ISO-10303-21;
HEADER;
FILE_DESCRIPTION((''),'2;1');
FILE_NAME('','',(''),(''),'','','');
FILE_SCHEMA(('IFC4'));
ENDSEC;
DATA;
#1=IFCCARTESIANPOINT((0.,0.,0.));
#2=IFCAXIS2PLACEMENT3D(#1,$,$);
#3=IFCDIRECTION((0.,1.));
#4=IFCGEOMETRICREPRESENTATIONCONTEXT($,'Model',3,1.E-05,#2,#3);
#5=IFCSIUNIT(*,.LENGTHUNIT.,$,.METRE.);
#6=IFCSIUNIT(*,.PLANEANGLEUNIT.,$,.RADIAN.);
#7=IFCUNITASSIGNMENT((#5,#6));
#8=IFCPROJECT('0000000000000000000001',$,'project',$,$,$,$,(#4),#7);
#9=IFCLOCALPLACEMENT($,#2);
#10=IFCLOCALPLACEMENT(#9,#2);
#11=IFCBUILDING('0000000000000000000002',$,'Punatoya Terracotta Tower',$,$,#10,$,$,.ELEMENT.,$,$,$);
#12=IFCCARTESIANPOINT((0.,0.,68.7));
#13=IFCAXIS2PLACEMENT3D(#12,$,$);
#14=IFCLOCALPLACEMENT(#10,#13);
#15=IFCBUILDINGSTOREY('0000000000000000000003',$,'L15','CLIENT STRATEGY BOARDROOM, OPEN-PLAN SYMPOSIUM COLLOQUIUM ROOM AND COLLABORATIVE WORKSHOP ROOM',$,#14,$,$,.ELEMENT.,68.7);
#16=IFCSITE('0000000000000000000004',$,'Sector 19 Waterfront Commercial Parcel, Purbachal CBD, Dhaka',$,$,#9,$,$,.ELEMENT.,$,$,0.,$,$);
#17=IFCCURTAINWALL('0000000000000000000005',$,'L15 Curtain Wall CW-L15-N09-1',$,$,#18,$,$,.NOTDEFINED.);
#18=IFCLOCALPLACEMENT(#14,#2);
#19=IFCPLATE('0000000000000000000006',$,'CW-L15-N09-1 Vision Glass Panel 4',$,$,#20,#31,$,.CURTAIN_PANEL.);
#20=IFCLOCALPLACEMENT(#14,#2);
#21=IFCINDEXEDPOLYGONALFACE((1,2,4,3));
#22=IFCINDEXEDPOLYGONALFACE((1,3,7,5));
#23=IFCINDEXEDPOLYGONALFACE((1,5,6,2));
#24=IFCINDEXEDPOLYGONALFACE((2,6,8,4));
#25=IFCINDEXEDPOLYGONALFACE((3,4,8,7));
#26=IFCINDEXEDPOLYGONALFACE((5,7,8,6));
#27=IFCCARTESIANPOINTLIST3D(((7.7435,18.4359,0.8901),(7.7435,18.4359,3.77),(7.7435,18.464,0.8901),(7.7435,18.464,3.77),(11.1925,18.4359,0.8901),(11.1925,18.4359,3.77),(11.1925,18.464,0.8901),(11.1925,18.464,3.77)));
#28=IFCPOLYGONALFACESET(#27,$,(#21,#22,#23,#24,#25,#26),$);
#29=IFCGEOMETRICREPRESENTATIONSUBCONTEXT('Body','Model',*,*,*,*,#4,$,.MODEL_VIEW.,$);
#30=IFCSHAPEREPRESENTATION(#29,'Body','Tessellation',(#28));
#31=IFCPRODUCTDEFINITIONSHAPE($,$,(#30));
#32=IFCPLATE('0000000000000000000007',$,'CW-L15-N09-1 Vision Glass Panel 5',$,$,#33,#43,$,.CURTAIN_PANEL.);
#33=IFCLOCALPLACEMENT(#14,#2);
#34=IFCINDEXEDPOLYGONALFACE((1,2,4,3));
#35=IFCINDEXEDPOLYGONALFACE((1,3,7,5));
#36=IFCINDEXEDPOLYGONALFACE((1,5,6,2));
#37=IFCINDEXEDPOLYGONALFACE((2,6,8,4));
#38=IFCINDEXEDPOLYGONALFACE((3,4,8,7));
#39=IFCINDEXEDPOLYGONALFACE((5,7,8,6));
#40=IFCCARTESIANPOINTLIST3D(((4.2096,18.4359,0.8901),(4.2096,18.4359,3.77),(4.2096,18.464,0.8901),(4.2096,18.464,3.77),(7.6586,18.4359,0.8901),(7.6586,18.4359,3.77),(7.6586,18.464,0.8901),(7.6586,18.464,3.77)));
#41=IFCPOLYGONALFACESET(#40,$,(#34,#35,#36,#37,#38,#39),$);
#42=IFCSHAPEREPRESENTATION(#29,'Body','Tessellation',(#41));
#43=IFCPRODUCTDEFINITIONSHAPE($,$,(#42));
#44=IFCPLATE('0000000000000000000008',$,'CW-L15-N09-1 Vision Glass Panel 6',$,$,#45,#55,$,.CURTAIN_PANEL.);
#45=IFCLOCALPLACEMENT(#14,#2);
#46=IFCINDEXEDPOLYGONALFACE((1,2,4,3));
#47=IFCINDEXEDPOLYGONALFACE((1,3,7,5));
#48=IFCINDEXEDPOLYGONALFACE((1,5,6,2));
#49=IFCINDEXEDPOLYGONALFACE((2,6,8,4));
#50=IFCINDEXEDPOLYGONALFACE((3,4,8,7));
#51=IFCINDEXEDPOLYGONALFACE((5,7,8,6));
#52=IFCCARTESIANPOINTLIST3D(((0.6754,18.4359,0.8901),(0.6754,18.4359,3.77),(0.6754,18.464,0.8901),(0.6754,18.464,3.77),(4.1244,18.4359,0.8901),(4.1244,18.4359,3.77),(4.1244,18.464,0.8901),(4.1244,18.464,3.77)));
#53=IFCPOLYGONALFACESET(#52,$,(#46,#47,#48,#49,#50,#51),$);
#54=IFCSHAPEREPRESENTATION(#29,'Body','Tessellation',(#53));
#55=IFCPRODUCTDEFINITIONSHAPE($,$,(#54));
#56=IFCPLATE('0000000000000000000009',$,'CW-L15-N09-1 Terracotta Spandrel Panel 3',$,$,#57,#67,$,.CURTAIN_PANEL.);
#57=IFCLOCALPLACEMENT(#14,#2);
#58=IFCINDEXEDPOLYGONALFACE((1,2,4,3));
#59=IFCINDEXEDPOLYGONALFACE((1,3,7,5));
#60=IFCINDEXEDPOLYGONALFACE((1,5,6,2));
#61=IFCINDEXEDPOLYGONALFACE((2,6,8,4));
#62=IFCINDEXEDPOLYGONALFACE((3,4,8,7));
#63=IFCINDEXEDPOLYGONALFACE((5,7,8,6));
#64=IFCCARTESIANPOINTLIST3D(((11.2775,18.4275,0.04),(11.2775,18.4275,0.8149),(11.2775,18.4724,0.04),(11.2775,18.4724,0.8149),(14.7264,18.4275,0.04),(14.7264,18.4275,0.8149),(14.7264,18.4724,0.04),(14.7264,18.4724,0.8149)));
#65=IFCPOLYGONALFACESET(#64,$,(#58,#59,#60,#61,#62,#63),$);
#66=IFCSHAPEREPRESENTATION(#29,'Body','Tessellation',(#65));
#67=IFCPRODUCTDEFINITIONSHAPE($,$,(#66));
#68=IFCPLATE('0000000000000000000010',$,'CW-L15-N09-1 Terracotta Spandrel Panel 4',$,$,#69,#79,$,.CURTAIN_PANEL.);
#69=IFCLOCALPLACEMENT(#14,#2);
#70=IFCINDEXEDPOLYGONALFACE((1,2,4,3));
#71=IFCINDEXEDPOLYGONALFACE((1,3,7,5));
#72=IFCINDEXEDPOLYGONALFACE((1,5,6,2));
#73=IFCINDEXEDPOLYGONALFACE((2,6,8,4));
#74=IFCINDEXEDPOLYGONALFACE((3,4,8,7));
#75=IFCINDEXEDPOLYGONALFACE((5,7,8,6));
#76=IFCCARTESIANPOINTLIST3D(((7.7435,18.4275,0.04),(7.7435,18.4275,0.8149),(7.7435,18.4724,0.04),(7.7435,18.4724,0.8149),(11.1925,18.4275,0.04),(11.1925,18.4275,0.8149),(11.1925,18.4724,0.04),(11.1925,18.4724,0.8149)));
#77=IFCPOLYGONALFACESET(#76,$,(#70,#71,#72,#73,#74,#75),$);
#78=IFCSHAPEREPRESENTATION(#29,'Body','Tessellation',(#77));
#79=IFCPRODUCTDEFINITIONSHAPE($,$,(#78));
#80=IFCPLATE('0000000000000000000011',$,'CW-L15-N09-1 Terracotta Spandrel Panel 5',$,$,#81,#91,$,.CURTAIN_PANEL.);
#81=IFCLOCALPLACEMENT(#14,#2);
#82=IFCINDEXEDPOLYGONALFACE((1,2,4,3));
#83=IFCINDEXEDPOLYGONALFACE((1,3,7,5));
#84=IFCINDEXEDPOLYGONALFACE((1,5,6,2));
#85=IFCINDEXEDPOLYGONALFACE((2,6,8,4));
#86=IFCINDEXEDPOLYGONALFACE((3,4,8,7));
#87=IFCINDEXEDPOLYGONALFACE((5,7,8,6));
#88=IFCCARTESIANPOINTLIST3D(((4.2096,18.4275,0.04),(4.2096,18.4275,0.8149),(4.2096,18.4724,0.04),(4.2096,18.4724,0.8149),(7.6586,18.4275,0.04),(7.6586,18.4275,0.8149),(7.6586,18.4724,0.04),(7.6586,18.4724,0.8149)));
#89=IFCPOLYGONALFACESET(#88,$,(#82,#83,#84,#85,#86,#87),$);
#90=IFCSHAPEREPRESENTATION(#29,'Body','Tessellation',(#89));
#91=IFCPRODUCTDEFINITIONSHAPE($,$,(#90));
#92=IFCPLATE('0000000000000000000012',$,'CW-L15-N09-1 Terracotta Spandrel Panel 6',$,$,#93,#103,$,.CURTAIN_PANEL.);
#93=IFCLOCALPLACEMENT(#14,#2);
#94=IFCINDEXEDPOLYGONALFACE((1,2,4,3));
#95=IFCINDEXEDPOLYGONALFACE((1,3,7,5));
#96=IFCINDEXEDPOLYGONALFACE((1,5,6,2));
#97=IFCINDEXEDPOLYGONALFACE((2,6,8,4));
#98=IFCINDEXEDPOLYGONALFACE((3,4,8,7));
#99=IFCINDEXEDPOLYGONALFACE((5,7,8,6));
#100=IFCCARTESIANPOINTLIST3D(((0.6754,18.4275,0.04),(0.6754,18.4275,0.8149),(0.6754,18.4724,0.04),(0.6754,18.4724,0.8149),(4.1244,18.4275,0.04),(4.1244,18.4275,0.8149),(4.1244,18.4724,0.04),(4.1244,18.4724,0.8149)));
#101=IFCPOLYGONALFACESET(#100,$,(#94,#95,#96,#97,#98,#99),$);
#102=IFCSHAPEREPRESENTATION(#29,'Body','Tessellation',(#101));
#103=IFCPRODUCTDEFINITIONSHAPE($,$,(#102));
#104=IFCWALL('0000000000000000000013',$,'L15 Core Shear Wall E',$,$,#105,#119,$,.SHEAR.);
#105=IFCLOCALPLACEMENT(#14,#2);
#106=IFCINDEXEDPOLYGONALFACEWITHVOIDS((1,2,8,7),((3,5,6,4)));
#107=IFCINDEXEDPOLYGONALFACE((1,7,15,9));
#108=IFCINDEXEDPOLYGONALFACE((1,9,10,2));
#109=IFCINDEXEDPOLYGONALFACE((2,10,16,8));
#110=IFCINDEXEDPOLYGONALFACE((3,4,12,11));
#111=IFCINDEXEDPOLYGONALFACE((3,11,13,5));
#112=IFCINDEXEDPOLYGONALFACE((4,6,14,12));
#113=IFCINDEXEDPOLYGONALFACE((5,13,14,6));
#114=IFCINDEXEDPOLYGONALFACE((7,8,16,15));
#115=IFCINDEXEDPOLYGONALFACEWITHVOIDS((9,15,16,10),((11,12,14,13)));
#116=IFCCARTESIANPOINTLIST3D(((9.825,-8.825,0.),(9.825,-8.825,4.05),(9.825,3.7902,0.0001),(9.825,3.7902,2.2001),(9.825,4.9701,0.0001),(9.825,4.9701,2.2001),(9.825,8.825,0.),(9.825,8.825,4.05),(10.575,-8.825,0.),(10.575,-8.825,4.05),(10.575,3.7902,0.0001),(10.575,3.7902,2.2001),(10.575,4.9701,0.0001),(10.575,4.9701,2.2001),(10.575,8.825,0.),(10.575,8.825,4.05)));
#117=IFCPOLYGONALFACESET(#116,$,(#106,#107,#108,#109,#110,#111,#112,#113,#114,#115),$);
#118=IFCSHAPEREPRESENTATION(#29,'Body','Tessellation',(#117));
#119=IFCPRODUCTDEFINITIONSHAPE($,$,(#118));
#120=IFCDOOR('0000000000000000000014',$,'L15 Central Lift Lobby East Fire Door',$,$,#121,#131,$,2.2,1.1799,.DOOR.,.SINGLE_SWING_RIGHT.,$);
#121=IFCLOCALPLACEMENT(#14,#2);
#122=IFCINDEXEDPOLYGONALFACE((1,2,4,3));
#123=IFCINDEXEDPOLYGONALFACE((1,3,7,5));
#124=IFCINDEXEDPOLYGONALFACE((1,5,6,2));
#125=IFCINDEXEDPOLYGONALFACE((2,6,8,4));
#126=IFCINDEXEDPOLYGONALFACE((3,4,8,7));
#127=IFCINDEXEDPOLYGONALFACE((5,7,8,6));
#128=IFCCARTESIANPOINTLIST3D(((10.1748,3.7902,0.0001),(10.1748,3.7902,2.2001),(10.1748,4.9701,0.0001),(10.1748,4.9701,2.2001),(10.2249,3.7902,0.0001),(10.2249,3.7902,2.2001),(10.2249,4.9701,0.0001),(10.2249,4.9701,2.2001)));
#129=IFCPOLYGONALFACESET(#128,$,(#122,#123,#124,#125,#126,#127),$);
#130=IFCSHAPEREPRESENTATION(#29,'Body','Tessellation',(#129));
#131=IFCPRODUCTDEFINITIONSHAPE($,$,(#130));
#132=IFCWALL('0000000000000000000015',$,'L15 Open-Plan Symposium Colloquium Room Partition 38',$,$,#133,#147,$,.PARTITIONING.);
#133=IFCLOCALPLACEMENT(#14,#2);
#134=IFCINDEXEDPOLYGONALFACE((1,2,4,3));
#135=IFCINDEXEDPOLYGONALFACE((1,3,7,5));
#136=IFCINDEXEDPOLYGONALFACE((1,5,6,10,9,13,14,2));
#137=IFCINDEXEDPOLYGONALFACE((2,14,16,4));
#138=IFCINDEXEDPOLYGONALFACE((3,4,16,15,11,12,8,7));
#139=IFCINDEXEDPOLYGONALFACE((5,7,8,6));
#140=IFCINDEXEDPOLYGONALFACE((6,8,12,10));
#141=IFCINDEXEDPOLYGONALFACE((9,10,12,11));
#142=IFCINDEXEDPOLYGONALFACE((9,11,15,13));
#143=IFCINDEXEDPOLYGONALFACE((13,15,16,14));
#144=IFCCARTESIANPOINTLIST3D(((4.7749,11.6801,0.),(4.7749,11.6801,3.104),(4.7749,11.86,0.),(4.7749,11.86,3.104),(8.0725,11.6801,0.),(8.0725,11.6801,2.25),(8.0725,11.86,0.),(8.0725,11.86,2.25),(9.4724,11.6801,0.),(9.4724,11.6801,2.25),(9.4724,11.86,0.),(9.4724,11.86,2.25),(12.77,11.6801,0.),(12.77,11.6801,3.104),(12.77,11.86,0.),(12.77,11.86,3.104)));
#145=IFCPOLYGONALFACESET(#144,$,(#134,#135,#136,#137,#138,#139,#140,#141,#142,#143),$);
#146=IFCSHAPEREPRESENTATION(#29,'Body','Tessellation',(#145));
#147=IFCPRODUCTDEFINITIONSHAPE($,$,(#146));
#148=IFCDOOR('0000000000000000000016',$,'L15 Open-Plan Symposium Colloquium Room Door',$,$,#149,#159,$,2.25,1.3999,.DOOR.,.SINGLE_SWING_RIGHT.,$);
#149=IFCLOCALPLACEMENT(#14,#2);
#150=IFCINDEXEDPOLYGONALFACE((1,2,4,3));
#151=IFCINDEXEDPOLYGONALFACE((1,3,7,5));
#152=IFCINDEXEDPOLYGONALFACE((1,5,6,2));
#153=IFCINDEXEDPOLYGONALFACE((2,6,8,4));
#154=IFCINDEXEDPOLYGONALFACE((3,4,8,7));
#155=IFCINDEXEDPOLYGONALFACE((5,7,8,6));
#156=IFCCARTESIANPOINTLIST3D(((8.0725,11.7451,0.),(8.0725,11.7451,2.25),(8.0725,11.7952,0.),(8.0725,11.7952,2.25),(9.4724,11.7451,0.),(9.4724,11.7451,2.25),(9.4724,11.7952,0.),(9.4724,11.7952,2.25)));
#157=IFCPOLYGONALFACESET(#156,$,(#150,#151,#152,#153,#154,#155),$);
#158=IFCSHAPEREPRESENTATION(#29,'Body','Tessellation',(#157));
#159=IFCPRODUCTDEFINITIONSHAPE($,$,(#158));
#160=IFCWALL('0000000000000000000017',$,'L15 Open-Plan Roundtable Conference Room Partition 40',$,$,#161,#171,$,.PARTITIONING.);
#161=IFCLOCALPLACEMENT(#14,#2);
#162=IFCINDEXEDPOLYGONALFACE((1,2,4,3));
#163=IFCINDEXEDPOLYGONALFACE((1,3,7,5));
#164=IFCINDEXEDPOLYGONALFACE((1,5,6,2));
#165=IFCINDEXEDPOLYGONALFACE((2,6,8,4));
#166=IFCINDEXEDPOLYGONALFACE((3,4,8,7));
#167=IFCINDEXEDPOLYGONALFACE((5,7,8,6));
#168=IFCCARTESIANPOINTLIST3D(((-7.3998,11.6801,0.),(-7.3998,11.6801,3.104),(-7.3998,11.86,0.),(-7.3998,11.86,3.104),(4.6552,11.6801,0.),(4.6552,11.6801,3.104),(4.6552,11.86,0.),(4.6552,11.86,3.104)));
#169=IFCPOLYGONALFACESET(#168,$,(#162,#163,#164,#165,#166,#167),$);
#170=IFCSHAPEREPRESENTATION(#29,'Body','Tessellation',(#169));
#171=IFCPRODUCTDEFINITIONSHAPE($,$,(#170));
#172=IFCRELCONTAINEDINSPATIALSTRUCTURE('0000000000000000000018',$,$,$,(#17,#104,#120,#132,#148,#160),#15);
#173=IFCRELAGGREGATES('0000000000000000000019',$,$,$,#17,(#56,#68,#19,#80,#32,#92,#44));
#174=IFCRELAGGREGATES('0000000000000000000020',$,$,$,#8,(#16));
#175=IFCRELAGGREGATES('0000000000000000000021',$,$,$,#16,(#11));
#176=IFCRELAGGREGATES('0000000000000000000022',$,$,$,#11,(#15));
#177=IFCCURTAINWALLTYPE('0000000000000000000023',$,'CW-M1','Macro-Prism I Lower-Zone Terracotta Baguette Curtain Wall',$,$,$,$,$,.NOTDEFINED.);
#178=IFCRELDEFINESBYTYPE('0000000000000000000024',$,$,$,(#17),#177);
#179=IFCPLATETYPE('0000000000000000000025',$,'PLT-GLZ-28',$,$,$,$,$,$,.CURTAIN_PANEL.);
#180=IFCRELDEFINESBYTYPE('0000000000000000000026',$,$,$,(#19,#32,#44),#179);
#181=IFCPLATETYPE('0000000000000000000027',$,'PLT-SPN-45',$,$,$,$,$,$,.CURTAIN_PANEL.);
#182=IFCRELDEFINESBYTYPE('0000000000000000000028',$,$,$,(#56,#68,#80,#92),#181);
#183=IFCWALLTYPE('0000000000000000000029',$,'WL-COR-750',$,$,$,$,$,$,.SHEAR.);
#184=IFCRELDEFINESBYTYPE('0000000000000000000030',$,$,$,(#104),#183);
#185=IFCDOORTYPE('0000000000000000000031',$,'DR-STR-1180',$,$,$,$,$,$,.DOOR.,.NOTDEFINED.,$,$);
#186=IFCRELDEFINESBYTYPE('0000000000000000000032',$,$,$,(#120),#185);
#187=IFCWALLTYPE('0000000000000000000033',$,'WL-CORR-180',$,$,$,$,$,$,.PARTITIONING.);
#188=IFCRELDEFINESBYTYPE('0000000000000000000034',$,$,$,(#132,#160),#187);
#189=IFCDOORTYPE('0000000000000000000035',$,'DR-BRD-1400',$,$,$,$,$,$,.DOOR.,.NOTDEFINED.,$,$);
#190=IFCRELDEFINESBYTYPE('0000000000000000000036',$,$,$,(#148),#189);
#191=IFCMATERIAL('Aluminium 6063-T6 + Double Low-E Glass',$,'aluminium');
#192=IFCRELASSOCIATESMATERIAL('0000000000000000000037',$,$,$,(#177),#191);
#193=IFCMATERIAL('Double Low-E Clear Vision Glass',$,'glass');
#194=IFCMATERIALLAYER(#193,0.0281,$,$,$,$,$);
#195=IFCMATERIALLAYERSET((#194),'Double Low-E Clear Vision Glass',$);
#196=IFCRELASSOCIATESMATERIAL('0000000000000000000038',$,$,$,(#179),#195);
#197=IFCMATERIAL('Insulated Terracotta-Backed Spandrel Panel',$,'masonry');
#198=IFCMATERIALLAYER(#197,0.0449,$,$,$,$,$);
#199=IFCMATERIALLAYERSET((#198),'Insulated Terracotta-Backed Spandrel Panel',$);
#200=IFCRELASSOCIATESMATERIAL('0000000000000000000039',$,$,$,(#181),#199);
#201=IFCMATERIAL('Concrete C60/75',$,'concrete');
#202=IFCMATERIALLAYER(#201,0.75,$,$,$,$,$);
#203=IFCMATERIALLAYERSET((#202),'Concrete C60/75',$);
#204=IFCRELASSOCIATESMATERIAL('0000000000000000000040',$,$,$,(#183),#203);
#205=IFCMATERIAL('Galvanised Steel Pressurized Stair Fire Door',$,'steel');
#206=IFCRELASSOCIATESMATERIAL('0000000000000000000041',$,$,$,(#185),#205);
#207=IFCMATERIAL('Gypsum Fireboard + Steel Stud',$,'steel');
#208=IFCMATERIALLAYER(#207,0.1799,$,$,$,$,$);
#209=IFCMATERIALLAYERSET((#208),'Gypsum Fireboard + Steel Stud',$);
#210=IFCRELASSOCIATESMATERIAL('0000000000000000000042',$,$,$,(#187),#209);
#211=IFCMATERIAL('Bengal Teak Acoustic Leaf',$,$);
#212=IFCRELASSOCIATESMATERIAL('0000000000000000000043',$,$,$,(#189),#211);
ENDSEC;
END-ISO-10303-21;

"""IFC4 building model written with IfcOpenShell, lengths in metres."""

from ifc_helpers import new_model, si_unit, direction, frame, frame_2d, origin, origin_2d, place, context, subcontext, project, spatial, rectangle, extrude, material, layer, layer_set, type_object, element, fill, aggregate, save


model = new_model("IFC4")

# Units and contexts
model_context = context("Model", 3, precision=1e-05, world=origin(), true_north=direction((0.0, 1.0)))
body_context = subcontext(model_context, "Body", "Model", "MODEL_VIEW")
ifc_project = project(units=[si_unit("LENGTHUNIT", "METRE"), si_unit("PLANEANGLEUNIT", "RADIAN")], contexts=[model_context])

# Site, building, storey
site_placement = place(None, origin())
site = spatial("IfcSite", under=ifc_project, at=site_placement, Name="Sector 19 Waterfront Commercial Parcel, Purbachal CBD, Dhaka", CompositionType="ELEMENT", RefElevation=0.0)
building_placement = place(site_placement, origin())
building = spatial("IfcBuilding", under=site, at=building_placement, Name="Punatoya Terracotta Tower", CompositionType="ELEMENT")
storey_placement = place(building_placement, frame((0.0, 0.0, 68.7)))
storey = spatial("IfcBuildingStorey", under=building, at=storey_placement, Name="L15", Description="CLIENT STRATEGY BOARDROOM, OPEN-PLAN SYMPOSIUM COLLOQUIUM ROOM AND COLLABORATIVE WORKSHOP ROOM", CompositionType="ELEMENT", Elevation=68.7)

# Curtain wall, plates
ifc_material_1 = material(Name="Aluminium 6063-T6 + Double Low-E Glass", Category="aluminium")
curtain_wall_type = type_object("IfcCurtainWallType", Name="CW-M1", Description="Macro-Prism I Lower-Zone Terracotta Baguette Curtain Wall", PredefinedType="NOTDEFINED", material=ifc_material_1)
curtain_wall_placement = place(storey_placement, origin())
curtain_wall = element("IfcCurtainWall", 1, at=curtain_wall_placement, inside=storey, type_object=curtain_wall_type, Name="L15 Curtain Wall CW-L15-N09-1", PredefinedType="NOTDEFINED")
ifc_material_2 = material(Name="Double Low-E Clear Vision Glass", Category="glass")
ifc_layer_1 = layer(ifc_material_2, 0.0281)
ifc_layer_set_1 = layer_set([ifc_layer_1], Name="Double Low-E Clear Vision Glass")
plate_type_1 = type_object("IfcPlateType", Name="PLT-GLZ-28", PredefinedType="CURTAIN_PANEL", material=ifc_layer_set_1)
plate_1_placement = place(storey_placement, frame((9.468, 18.45, 0.8901), z_axis=(0.0, 0.0, 1.0), x_axis=(-1.0, 0.0, 0.0)))
plate_1 = element("IfcPlate", 2, at=plate_1_placement, type_object=plate_type_1, Name="CW-L15-N09-1 Vision Glass Panel 4", PredefinedType="CURTAIN_PANEL", context=body_context, shape_type="SweptSolid", body=[
    extrude(rectangle(XDim=3.449, YDim=0.0281, at=origin_2d()), origin(), (0.0, 0.0, 1.0), 2.8799),
])
plate_2_placement = place(storey_placement, frame((5.9341, 18.45, 0.8901), z_axis=(0.0, 0.0, 1.0), x_axis=(-1.0, 0.0, 0.0)))
plate_2 = element("IfcPlate", 3, at=plate_2_placement, type_object=plate_type_1, Name="CW-L15-N09-1 Vision Glass Panel 5", PredefinedType="CURTAIN_PANEL", context=body_context, shape_type="SweptSolid", body=[
    extrude(rectangle(XDim=3.449, YDim=0.0281, at=origin_2d()), origin(), (0.0, 0.0, 1.0), 2.8799),
])
plate_3_placement = place(storey_placement, frame((2.3999, 18.45, 0.8901), z_axis=(0.0, 0.0, 1.0), x_axis=(-1.0, 0.0, 0.0)))
plate_3 = element("IfcPlate", 4, at=plate_3_placement, type_object=plate_type_1, Name="CW-L15-N09-1 Vision Glass Panel 6", PredefinedType="CURTAIN_PANEL", context=body_context, shape_type="SweptSolid", body=[
    extrude(rectangle(XDim=3.449, YDim=0.0281, at=origin_2d()), origin(), (0.0, 0.0, 1.0), 2.8799),
])
ifc_material_3 = material(Name="Insulated Terracotta-Backed Spandrel Panel", Category="masonry")
ifc_layer_2 = layer(ifc_material_3, 0.0449)
ifc_layer_set_2 = layer_set([ifc_layer_2], Name="Insulated Terracotta-Backed Spandrel Panel")
plate_type_2 = type_object("IfcPlateType", Name="PLT-SPN-45", PredefinedType="CURTAIN_PANEL", material=ifc_layer_set_2)
plate_4_placement = place(storey_placement, frame((13.002, 18.45, 0.04), z_axis=(0.0, 0.0, 1.0), x_axis=(-1.0, 0.0, 0.0)))
plate_4 = element("IfcPlate", 5, at=plate_4_placement, type_object=plate_type_2, Name="CW-L15-N09-1 Terracotta Spandrel Panel 3", PredefinedType="CURTAIN_PANEL", context=body_context, shape_type="SweptSolid", body=[
    extrude(rectangle(XDim=3.449, YDim=0.0449, at=origin_2d()), origin(), (0.0, 0.0, 1.0), 0.7749),
])
plate_5_placement = place(storey_placement, frame((9.468, 18.45, 0.04), z_axis=(0.0, 0.0, 1.0), x_axis=(-1.0, 0.0, 0.0)))
plate_5 = element("IfcPlate", 6, at=plate_5_placement, type_object=plate_type_2, Name="CW-L15-N09-1 Terracotta Spandrel Panel 4", PredefinedType="CURTAIN_PANEL", context=body_context, shape_type="SweptSolid", body=[
    extrude(rectangle(XDim=3.449, YDim=0.0449, at=origin_2d()), origin(), (0.0, 0.0, 1.0), 0.7749),
])
plate_6_placement = place(storey_placement, frame((5.9341, 18.45, 0.04), z_axis=(0.0, 0.0, 1.0), x_axis=(-1.0, 0.0, 0.0)))
plate_6 = element("IfcPlate", 7, at=plate_6_placement, type_object=plate_type_2, Name="CW-L15-N09-1 Terracotta Spandrel Panel 5", PredefinedType="CURTAIN_PANEL", context=body_context, shape_type="SweptSolid", body=[
    extrude(rectangle(XDim=3.449, YDim=0.0449, at=origin_2d()), origin(), (0.0, 0.0, 1.0), 0.7749),
])
plate_7_placement = place(storey_placement, frame((2.3999, 18.45, 0.04), z_axis=(0.0, 0.0, 1.0), x_axis=(-1.0, 0.0, 0.0)))
plate_7 = element("IfcPlate", 8, at=plate_7_placement, type_object=plate_type_2, Name="CW-L15-N09-1 Terracotta Spandrel Panel 6", PredefinedType="CURTAIN_PANEL", context=body_context, shape_type="SweptSolid", body=[
    extrude(rectangle(XDim=3.449, YDim=0.0449, at=origin_2d()), origin(), (0.0, 0.0, 1.0), 0.7749),
])
aggregate(curtain_wall, [plate_4, plate_5, plate_1, plate_6, plate_2, plate_7, plate_3])

# Walls, openings, doors
ifc_material_4 = material(Name="Concrete C60/75", Category="concrete")
ifc_layer_3 = layer(ifc_material_4, 0.75)
ifc_layer_set_3 = layer_set([ifc_layer_3], Name="Concrete C60/75")
wall_type_1 = type_object("IfcWallType", Name="WL-COR-750", PredefinedType="SHEAR", material=ifc_layer_set_3)
wall_1_placement = place(storey_placement, frame((10.2, 8.825, 0.0), z_axis=(0.0, 0.0, 1.0), x_axis=(0.0, -1.0, 0.0)))
wall_1 = element("IfcWall", 9, at=wall_1_placement, inside=storey, type_object=wall_type_1, Name="L15 Core Shear Wall E", PredefinedType="SHEAR", context=body_context, shape_type="SweptSolid", body=[
    extrude(rectangle(XDim=17.6499, YDim=0.75, at=frame_2d((8.825, 0.0))), origin(), (0.0, 0.0, 1.0), 4.05),
])
opening_1_placement = place(wall_1_placement, frame((3.855, 0.0, 0.0)))
opening_1 = element("IfcOpeningElement", 10, at=opening_1_placement, cuts=wall_1, PredefinedType="OPENING", context=body_context, shape_type="SweptSolid", body=[
    extrude(rectangle(XDim=1.1799, YDim=2.2, at=frame_2d((0.5898, 1.1001))), frame((0.0, 0.385, 0.0), z_axis=(0.0, -1.0, 0.0), x_axis=(1.0, 0.0, 0.0)), (0.0, 0.0, 1.0), 0.77),
])
ifc_material_5 = material(Name="Galvanised Steel Pressurized Stair Fire Door", Category="steel")
door_type_1 = type_object("IfcDoorType", Name="DR-STR-1180", OperationType="NOTDEFINED", PredefinedType="DOOR", material=ifc_material_5)
door_1_placement = place(opening_1_placement, origin())
door_1 = element("IfcDoor", 11, at=door_1_placement, inside=storey, type_object=door_type_1, Name="L15 Central Lift Lobby East Fire Door", OperationType="SINGLE_SWING_RIGHT", OverallHeight=2.2, OverallWidth=1.1799, PredefinedType="DOOR", context=body_context, shape_type="SweptSolid", body=[
    extrude(rectangle(XDim=1.1799, YDim=2.2, at=frame_2d((0.5898, 1.1001))), frame((0.0, 0.0249, 0.0), z_axis=(0.0, -1.0, 0.0), x_axis=(1.0, 0.0, 0.0)), (0.0, 0.0, 1.0), 0.05),
])
fill(opening_1, door_1)
ifc_material_6 = material(Name="Gypsum Fireboard + Steel Stud", Category="steel")
ifc_layer_4 = layer(ifc_material_6, 0.1799)
ifc_layer_set_4 = layer_set([ifc_layer_4], Name="Gypsum Fireboard + Steel Stud")
wall_type_2 = type_object("IfcWallType", Name="WL-CORR-180", PredefinedType="PARTITIONING", material=ifc_layer_set_4)
wall_2_placement = place(storey_placement, frame((12.77, 11.77, 0.0), z_axis=(0.0, 0.0, 1.0), x_axis=(-1.0, 0.0, 0.0)))
wall_2 = element("IfcWall", 12, at=wall_2_placement, inside=storey, type_object=wall_type_2, Name="L15 Open-Plan Symposium Colloquium Room Partition 38", PredefinedType="PARTITIONING", context=body_context, shape_type="SweptSolid", body=[
    extrude(rectangle(XDim=7.9951, YDim=0.1799, at=frame_2d((3.9976, 0.0))), origin(), (0.0, 0.0, 1.0), 3.104),
])
opening_2_placement = place(wall_2_placement, frame((3.2976, 0.0, 0.0)))
opening_2 = element("IfcOpeningElement", 13, at=opening_2_placement, cuts=wall_2, PredefinedType="OPENING", context=body_context, shape_type="SweptSolid", body=[
    extrude(rectangle(XDim=1.3999, YDim=2.25, at=frame_2d((0.7, 1.125))), frame((0.0, 0.0999, 0.0), z_axis=(0.0, -1.0, 0.0), x_axis=(1.0, 0.0, 0.0)), (0.0, 0.0, 1.0), 0.2),
])
ifc_material_7 = material(Name="Bengal Teak Acoustic Leaf")
door_type_2 = type_object("IfcDoorType", Name="DR-BRD-1400", OperationType="NOTDEFINED", PredefinedType="DOOR", material=ifc_material_7)
door_2_placement = place(opening_2_placement, origin())
door_2 = element("IfcDoor", 14, at=door_2_placement, inside=storey, type_object=door_type_2, Name="L15 Open-Plan Symposium Colloquium Room Door", OperationType="SINGLE_SWING_RIGHT", OverallHeight=2.25, OverallWidth=1.3999, PredefinedType="DOOR", context=body_context, shape_type="SweptSolid", body=[
    extrude(rectangle(XDim=1.3999, YDim=2.25, at=frame_2d((0.7, 1.125))), frame((0.0, 0.0249, 0.0), z_axis=(0.0, -1.0, 0.0), x_axis=(1.0, 0.0, 0.0)), (0.0, 0.0, 1.0), 0.05),
])
fill(opening_2, door_2)

# Wall
wall_3_placement = place(storey_placement, frame((4.655, 11.77, 0.0), z_axis=(0.0, 0.0, 1.0), x_axis=(-1.0, 0.0, 0.0)))
element("IfcWall", 15, at=wall_3_placement, inside=storey, type_object=wall_type_2, Name="L15 Open-Plan Roundtable Conference Room Partition 40", PredefinedType="PARTITIONING", context=body_context, shape_type="SweptSolid", body=[
    extrude(rectangle(XDim=12.0549, YDim=0.1799, at=frame_2d((6.0273, 0.0))), origin(), (0.0, 0.0, 1.0), 3.104),
])

save(model, "model.ifc")
